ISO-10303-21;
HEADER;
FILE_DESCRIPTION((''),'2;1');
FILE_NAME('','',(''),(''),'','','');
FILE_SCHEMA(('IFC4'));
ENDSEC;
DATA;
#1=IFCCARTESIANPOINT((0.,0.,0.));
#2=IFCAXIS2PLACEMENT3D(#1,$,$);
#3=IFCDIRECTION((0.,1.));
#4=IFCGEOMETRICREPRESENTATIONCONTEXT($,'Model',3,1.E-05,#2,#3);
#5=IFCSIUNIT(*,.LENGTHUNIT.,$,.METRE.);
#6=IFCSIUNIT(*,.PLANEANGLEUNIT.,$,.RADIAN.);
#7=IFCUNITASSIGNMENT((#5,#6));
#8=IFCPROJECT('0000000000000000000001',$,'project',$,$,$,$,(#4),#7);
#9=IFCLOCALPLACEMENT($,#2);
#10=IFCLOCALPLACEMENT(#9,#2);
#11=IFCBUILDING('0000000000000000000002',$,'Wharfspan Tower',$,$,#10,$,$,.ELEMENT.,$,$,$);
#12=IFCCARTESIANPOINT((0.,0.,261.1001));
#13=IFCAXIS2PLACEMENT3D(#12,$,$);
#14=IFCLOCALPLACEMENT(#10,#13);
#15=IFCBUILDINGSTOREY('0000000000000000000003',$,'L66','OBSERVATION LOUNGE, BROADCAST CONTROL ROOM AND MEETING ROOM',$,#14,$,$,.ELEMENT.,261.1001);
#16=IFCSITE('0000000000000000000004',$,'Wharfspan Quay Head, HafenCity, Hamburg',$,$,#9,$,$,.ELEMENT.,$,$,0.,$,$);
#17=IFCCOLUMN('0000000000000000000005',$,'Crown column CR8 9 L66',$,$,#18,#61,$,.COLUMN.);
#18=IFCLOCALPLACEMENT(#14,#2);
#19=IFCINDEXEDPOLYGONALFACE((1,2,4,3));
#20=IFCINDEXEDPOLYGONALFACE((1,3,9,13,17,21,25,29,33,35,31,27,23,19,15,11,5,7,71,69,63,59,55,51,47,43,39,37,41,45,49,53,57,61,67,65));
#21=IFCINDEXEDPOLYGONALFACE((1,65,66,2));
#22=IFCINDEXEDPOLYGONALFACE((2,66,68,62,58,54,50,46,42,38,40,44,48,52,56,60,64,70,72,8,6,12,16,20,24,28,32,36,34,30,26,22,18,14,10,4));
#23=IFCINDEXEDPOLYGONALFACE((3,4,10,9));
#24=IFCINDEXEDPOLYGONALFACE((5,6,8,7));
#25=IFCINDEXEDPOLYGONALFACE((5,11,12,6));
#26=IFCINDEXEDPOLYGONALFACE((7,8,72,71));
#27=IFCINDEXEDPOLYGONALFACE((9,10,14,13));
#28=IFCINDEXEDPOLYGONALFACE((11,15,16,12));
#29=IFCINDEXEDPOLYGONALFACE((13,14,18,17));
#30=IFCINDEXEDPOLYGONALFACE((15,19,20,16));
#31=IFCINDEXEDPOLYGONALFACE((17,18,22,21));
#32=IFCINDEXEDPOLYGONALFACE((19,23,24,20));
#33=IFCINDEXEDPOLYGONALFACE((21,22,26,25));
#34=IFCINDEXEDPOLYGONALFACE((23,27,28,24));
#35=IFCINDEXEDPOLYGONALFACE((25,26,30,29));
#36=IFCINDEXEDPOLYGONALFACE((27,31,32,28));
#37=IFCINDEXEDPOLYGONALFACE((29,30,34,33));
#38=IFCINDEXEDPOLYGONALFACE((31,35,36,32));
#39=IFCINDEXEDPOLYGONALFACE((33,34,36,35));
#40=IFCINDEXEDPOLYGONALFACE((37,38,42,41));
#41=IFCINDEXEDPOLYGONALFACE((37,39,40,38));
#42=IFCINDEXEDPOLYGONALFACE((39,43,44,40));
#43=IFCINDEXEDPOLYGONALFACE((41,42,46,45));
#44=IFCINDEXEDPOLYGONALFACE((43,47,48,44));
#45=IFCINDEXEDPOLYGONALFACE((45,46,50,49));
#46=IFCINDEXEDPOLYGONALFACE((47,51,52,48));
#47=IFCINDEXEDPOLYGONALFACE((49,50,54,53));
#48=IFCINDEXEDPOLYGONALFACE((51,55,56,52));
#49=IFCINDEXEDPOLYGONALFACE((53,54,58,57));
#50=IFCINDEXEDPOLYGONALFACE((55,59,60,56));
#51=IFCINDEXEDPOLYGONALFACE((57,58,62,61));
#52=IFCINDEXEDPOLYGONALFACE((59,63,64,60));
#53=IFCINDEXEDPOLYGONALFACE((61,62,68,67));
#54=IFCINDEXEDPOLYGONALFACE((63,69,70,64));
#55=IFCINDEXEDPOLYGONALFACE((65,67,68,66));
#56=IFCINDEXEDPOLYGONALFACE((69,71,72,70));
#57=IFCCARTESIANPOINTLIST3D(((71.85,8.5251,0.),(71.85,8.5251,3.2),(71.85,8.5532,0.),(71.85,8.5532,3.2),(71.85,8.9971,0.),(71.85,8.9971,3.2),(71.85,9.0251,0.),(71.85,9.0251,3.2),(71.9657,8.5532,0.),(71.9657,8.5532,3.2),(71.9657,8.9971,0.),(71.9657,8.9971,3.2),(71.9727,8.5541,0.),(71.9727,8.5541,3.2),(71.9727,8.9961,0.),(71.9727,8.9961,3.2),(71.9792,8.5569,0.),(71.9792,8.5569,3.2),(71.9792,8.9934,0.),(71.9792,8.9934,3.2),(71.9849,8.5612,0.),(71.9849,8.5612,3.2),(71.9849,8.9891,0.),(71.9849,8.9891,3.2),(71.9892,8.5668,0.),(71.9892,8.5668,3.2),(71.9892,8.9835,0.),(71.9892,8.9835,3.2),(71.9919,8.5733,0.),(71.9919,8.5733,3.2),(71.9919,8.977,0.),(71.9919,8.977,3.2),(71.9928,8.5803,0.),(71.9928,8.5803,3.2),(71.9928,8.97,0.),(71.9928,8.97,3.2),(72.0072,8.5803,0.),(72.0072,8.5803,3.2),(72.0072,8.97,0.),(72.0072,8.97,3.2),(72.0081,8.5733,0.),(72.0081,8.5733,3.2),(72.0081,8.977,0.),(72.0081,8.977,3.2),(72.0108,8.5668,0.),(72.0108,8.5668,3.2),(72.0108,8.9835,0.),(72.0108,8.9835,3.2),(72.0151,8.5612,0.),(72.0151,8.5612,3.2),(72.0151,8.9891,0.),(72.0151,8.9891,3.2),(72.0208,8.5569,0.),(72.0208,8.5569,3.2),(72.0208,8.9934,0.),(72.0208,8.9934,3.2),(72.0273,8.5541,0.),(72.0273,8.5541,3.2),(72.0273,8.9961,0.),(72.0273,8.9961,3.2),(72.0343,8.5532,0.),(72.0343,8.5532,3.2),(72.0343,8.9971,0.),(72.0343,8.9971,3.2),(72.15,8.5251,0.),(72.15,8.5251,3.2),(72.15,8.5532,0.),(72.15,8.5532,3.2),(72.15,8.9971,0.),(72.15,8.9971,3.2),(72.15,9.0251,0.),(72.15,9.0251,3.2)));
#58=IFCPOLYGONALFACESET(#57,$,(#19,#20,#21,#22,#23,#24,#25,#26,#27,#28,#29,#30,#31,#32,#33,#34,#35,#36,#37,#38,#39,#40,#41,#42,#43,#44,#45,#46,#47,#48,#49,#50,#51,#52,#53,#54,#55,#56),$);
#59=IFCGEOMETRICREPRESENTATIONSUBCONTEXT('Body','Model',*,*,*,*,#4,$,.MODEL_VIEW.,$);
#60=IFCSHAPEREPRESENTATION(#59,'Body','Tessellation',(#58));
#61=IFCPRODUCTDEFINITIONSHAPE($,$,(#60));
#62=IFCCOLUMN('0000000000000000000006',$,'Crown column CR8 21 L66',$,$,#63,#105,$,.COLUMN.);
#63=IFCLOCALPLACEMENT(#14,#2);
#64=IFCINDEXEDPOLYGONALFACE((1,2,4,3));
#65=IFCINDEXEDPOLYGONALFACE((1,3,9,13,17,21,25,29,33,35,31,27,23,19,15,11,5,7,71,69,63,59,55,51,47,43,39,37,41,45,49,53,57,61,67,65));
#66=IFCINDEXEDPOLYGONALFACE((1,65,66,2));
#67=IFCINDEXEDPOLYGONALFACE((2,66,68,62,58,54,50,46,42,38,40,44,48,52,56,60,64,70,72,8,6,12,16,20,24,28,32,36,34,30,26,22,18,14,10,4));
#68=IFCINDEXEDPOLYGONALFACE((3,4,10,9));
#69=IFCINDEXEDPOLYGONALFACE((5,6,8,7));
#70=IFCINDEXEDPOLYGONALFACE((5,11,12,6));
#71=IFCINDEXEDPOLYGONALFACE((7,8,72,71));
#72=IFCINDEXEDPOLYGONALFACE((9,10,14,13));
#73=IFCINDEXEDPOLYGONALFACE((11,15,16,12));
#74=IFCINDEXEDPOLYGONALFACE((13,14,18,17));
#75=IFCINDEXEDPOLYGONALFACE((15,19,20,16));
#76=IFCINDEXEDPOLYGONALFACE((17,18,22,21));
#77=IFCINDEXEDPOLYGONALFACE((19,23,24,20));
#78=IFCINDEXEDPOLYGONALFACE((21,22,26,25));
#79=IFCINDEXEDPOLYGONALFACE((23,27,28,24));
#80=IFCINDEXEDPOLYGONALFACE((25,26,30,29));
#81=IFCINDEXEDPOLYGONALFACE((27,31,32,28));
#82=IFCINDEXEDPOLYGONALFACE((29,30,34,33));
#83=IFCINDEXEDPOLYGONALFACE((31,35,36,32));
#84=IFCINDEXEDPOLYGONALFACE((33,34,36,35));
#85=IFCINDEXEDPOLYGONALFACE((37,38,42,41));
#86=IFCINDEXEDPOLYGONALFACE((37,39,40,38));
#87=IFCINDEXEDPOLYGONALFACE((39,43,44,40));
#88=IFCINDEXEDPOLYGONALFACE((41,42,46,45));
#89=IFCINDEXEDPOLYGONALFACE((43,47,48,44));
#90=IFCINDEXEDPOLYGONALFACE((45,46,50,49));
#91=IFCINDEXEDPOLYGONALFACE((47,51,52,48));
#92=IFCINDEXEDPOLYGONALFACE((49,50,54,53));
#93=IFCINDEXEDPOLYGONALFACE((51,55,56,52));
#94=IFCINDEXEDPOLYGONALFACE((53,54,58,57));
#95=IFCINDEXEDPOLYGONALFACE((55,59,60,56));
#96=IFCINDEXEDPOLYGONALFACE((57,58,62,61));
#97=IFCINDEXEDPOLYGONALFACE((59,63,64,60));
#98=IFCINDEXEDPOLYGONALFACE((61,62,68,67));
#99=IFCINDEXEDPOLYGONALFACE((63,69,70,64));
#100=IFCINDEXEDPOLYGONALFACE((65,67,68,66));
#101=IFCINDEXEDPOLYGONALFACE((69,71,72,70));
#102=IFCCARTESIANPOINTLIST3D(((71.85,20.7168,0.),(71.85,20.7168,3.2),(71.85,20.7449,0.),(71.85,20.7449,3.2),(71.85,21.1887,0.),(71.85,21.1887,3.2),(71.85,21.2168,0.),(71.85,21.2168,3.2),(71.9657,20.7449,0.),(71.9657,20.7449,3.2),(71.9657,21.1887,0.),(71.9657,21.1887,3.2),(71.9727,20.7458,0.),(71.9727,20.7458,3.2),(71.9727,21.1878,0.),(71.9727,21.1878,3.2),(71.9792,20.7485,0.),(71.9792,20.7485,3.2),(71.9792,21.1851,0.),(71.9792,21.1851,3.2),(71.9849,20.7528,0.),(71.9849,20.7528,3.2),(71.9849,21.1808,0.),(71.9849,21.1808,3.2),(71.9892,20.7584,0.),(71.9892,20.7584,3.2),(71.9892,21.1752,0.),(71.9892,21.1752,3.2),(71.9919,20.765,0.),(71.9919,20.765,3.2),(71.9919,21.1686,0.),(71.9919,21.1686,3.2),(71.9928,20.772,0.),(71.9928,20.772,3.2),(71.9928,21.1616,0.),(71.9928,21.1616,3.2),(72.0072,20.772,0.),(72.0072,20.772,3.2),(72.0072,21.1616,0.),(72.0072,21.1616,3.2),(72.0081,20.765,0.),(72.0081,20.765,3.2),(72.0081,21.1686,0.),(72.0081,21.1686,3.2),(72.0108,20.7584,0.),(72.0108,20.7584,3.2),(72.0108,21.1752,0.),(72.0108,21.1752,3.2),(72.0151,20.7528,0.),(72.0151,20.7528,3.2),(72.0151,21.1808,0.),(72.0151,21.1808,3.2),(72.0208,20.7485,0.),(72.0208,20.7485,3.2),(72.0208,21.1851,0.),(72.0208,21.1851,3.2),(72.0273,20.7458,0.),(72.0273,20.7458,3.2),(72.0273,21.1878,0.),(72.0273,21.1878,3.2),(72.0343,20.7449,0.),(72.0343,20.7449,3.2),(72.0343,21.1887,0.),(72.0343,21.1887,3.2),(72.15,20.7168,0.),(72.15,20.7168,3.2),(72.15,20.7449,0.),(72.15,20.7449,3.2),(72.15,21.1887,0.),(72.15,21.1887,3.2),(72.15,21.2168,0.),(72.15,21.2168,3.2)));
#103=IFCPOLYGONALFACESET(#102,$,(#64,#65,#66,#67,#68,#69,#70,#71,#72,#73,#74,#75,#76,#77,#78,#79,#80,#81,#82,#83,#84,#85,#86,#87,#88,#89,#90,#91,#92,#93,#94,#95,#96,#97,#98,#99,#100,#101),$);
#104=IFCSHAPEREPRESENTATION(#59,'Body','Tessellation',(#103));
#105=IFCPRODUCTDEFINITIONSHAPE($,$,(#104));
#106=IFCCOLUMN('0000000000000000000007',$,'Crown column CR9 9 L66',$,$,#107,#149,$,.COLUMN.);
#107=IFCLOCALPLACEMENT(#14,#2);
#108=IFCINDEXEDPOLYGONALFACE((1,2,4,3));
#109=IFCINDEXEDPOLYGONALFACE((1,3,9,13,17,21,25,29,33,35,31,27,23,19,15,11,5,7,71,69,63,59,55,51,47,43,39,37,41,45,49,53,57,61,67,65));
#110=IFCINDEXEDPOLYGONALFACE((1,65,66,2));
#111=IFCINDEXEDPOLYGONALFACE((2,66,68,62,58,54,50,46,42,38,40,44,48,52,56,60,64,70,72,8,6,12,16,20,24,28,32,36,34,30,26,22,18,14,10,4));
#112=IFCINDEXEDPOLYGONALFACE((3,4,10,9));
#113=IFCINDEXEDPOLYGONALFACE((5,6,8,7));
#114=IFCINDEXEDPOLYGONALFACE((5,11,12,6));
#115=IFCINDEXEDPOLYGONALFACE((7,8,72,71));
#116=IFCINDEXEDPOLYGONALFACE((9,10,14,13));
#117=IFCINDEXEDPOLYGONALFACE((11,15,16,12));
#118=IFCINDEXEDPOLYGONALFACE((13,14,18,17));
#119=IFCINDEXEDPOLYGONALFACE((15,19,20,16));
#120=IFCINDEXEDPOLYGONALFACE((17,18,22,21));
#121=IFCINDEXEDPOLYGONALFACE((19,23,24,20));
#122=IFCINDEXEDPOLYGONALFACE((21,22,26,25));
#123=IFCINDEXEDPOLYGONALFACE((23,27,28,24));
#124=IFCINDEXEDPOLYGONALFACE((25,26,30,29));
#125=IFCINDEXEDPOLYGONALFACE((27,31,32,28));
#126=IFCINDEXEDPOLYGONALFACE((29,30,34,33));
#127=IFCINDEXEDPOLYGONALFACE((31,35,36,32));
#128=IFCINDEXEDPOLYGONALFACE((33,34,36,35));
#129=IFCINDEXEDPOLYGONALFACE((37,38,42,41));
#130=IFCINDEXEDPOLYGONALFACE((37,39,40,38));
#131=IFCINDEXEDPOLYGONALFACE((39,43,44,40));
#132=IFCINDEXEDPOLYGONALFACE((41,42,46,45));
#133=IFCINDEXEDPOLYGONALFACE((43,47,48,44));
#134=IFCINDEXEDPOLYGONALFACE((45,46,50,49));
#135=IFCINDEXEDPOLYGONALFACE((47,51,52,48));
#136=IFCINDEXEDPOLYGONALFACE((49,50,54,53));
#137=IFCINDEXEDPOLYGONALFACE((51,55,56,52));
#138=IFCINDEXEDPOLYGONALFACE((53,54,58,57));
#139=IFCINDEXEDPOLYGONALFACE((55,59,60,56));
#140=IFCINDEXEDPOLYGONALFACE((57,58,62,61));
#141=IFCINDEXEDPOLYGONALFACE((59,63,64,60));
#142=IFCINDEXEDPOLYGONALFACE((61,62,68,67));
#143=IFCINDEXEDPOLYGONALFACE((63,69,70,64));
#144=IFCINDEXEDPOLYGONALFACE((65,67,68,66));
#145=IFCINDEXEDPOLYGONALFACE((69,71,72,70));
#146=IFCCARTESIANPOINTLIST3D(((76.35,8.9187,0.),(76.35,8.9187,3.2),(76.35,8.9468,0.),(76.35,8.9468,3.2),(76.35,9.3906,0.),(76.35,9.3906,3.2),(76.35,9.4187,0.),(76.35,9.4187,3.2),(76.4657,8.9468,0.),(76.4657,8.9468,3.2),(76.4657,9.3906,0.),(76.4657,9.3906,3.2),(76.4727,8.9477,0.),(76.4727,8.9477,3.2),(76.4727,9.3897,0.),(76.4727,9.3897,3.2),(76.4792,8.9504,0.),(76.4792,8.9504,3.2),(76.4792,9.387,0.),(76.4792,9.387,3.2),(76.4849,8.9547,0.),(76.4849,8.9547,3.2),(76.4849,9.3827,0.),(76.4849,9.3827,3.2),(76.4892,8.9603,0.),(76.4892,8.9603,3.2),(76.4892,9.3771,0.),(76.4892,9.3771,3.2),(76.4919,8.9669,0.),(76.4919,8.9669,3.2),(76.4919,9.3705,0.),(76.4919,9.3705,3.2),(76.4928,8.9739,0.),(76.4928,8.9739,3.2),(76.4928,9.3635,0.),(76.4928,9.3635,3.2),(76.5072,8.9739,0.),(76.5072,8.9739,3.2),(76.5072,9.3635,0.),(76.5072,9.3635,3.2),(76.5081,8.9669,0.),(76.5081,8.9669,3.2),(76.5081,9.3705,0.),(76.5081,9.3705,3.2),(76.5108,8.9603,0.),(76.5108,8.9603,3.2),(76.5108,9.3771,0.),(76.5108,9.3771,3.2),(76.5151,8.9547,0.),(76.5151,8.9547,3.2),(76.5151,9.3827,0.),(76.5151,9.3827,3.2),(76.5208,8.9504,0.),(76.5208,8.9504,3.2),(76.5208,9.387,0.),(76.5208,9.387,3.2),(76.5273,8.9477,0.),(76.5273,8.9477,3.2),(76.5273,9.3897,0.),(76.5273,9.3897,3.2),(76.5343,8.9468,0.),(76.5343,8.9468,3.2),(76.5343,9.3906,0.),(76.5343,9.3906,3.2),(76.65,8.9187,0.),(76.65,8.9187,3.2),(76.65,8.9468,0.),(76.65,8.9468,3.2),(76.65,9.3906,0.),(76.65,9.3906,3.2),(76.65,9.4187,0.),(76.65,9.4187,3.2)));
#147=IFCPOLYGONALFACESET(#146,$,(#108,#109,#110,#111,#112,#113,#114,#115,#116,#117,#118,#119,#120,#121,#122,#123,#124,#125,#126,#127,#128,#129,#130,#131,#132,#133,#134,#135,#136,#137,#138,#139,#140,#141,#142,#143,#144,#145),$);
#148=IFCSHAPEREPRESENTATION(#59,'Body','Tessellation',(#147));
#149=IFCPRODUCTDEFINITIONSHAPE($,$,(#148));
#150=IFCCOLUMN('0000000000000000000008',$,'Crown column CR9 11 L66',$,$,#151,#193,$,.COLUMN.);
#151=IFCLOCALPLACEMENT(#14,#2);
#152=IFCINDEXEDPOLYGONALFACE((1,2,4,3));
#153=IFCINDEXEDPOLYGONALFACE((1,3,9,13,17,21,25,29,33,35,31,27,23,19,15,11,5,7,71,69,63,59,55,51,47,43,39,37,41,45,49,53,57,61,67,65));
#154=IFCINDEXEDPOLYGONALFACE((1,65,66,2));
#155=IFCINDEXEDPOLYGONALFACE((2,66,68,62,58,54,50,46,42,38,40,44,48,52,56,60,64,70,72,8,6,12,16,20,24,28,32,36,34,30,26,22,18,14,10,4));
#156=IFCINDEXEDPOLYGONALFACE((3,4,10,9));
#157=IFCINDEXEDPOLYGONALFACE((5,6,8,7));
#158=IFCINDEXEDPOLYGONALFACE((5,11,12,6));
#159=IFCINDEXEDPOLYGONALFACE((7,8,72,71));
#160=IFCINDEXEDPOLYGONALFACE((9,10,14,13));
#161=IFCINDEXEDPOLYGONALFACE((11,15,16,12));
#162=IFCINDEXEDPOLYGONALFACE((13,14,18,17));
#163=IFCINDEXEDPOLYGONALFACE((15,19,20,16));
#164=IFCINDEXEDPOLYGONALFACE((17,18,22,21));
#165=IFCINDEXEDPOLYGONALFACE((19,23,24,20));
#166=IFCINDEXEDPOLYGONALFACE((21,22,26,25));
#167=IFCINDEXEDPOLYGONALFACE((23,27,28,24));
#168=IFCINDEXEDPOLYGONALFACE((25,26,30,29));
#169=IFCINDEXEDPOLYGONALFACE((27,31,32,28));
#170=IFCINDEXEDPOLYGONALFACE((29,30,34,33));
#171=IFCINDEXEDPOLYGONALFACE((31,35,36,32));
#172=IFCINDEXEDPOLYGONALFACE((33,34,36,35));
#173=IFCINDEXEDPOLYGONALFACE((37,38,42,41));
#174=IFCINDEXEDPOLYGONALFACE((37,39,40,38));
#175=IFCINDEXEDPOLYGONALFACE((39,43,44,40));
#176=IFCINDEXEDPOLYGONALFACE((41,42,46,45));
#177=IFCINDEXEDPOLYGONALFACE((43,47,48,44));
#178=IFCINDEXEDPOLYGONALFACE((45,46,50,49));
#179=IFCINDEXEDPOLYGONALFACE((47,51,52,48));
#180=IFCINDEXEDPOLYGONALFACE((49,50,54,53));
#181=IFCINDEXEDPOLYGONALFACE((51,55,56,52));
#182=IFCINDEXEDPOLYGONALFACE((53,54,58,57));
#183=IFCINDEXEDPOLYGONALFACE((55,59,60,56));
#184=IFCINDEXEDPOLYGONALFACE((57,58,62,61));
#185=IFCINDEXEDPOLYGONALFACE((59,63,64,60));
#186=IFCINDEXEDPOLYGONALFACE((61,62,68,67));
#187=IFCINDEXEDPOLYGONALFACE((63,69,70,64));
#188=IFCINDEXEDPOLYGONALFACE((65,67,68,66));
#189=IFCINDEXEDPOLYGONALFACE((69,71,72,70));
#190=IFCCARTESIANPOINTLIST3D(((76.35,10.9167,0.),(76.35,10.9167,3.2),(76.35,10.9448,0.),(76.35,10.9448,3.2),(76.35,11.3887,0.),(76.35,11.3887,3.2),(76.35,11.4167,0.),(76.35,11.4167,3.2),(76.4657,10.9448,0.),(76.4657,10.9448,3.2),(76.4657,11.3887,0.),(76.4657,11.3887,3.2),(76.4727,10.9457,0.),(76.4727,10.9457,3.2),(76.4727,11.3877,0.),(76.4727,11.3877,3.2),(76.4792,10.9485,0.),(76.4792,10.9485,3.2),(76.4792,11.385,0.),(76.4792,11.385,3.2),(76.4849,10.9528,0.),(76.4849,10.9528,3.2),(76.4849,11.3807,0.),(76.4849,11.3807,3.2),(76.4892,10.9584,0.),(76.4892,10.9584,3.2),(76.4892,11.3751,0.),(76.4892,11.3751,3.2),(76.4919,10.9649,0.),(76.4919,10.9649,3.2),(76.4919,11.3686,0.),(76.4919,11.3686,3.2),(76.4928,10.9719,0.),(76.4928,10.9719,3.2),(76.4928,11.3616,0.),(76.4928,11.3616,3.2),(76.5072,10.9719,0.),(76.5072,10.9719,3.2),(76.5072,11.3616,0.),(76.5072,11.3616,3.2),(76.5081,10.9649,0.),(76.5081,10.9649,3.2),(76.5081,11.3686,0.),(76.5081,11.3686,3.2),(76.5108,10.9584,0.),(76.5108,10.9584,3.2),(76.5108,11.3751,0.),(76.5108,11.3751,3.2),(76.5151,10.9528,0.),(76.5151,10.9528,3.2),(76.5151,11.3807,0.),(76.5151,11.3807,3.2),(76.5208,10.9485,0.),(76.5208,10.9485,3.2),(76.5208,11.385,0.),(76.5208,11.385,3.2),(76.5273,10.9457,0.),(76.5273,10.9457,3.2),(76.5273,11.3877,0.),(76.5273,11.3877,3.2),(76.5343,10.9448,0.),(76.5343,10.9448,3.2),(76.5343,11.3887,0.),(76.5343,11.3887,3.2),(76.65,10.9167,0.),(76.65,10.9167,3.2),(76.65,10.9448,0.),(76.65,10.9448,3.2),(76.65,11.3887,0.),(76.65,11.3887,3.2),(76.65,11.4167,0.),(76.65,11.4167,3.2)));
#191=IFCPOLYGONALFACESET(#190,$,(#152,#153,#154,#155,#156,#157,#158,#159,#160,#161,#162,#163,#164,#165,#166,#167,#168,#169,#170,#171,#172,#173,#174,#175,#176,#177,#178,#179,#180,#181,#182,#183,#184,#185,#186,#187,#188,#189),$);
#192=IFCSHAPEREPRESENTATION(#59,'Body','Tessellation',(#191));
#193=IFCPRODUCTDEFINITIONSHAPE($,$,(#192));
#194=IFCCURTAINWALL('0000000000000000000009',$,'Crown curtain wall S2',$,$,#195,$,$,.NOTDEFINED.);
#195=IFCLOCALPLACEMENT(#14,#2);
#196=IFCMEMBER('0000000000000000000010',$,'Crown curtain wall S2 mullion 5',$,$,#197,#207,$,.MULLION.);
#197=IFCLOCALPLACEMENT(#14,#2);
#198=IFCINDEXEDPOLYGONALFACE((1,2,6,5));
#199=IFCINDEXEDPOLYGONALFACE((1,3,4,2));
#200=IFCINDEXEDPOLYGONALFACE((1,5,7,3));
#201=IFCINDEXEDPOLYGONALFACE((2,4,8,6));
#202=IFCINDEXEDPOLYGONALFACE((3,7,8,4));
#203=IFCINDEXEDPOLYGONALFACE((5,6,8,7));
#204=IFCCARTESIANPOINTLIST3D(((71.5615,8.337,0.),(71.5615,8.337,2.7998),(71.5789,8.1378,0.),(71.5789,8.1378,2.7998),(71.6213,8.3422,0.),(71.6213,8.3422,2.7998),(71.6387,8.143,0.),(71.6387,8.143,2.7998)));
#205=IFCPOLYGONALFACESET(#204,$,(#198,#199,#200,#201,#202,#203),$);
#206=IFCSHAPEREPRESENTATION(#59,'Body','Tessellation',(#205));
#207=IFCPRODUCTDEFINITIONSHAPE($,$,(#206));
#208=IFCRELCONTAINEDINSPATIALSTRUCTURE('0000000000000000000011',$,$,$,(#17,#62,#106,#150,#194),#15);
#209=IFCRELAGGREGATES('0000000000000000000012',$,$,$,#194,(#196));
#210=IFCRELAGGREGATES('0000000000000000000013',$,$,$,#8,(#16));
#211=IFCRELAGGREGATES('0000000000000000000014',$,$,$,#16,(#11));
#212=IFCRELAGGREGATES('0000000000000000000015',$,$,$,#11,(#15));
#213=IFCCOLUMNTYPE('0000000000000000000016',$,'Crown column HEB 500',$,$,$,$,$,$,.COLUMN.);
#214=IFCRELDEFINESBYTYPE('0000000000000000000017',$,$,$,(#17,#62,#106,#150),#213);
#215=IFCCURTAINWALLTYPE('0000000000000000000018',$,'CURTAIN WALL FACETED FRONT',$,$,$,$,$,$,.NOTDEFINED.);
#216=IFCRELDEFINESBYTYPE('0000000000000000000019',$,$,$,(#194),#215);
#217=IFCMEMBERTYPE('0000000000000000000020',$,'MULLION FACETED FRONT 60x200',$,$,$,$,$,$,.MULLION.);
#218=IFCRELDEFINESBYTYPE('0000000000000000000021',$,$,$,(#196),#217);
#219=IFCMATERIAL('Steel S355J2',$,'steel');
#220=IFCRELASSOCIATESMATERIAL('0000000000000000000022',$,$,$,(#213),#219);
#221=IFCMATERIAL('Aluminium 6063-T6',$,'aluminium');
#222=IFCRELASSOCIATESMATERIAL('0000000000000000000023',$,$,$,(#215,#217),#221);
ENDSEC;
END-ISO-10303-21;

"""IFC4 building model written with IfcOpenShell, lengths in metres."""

from ifc_helpers import new_model, si_unit, direction, frame, origin, origin_2d, place, context, subcontext, project, spatial, rectangle, i_section, extrude, material, material_profile, profile_set, type_object, element, aggregate, save


model = new_model("IFC4")

# Units and contexts
model_context = context("Model", 3, precision=1e-05, world=origin(), true_north=direction((0.0, 1.0)))
body_context = subcontext(model_context, "Body", "Model", "MODEL_VIEW")
ifc_project = project(units=[si_unit("LENGTHUNIT", "METRE"), si_unit("PLANEANGLEUNIT", "RADIAN")], contexts=[model_context])

# Site, building, storey
site_placement = place(None, origin())
site = spatial("IfcSite", under=ifc_project, at=site_placement, Name="Wharfspan Quay Head, HafenCity, Hamburg", CompositionType="ELEMENT", RefElevation=0.0)
building_placement = place(site_placement, origin())
building = spatial("IfcBuilding", under=site, at=building_placement, Name="Wharfspan Tower", CompositionType="ELEMENT")
storey_placement = place(building_placement, frame((0.0, 0.0, 261.1001)))
storey = spatial("IfcBuildingStorey", under=building, at=storey_placement, Name="L66", Description="OBSERVATION LOUNGE, BROADCAST CONTROL ROOM AND MEETING ROOM", CompositionType="ELEMENT", Elevation=261.1001)

# Columns
ifc_material_1 = material(Name="Steel S355J2", Category="steel")
ifc_material_profile_1 = material_profile(ifc_material_1, i_section(OverallWidth=0.3, OverallDepth=0.5, WebThickness=0.0144, FlangeThickness=0.0281, FilletRadius=0.0271, at=origin_2d()))
ifc_profile_set_1 = profile_set([ifc_material_profile_1], Name="Steel S355J2")
column_type = type_object("IfcColumnType", Name="Crown column HEB 500", PredefinedType="COLUMN", material=ifc_profile_set_1)
for number, where, z_axis, x_axis, name in (
    (1, (72.0, 8.7751, 0.0), (0.0, 0.0, 1.0), (1.0, 0.0, 0.0), "Crown column CR8 9 L66"),
    (2, (72.0, 20.9668, 0.0), (0.0, 0.0, 1.0), (1.0, 0.0, 0.0), "Crown column CR8 21 L66"),
    (3, (76.5, 9.1687, 0.0), (0.0, 0.0, 1.0), (1.0, 0.0, 0.0), "Crown column CR9 9 L66"),
    (4, (76.5, 11.1667, 0.0), (0.0, 0.0, 1.0), (1.0, 0.0, 0.0), "Crown column CR9 11 L66"),
):
    element("IfcColumn", number, at=place(storey_placement, frame(where, z_axis=z_axis, x_axis=x_axis)), inside=storey, type_object=column_type, Name=name, PredefinedType="COLUMN", context=body_context, shape_type="SweptSolid", body=[
        extrude(i_section(OverallWidth=0.3, OverallDepth=0.5, WebThickness=0.0144, FlangeThickness=0.0281, FilletRadius=0.0271, at=origin_2d()), origin(), (0.0, 0.0, 1.0), 3.2),
    ])

# Curtain wall, member
ifc_material_2 = material(Name="Aluminium 6063-T6", Category="aluminium")
curtain_wall_type_1 = type_object("IfcCurtainWallType", Name="CURTAIN WALL FACETED FRONT", PredefinedType="NOTDEFINED", material=ifc_material_2)
curtain_wall_1_placement = place(storey_placement, origin())
curtain_wall_1 = element("IfcCurtainWall", 5, at=curtain_wall_1_placement, inside=storey, type_object=curtain_wall_type_1, Name="Crown curtain wall S2", PredefinedType="NOTDEFINED")
ifc_material_profile_2 = material_profile(ifc_material_2, rectangle(XDim=0.2, YDim=0.0601, at=origin_2d()))
ifc_profile_set_2 = profile_set([ifc_material_profile_2], Name="Aluminium 6063-T6")
member_type_1 = type_object("IfcMemberType", Name="MULLION FACETED FRONT 60x200", PredefinedType="MULLION", material=ifc_profile_set_2)
member_1_placement = place(storey_placement, frame((71.6001, 8.24, 0.0), z_axis=(0.0, 0.0, 1.0), x_axis=(-0.087156, 0.996198, 0.0)))
member_1 = element("IfcMember", 6, at=member_1_placement, type_object=member_type_1, Name="Crown curtain wall S2 mullion 5", PredefinedType="MULLION", context=body_context, shape_type="SweptSolid", body=[
    extrude(rectangle(XDim=0.2, YDim=0.0601, at=origin_2d()), origin(), (0.0, 0.0, 1.0), 2.7998),
])

aggregate(curtain_wall_1, [member_1])

save(model, "model.ifc")
